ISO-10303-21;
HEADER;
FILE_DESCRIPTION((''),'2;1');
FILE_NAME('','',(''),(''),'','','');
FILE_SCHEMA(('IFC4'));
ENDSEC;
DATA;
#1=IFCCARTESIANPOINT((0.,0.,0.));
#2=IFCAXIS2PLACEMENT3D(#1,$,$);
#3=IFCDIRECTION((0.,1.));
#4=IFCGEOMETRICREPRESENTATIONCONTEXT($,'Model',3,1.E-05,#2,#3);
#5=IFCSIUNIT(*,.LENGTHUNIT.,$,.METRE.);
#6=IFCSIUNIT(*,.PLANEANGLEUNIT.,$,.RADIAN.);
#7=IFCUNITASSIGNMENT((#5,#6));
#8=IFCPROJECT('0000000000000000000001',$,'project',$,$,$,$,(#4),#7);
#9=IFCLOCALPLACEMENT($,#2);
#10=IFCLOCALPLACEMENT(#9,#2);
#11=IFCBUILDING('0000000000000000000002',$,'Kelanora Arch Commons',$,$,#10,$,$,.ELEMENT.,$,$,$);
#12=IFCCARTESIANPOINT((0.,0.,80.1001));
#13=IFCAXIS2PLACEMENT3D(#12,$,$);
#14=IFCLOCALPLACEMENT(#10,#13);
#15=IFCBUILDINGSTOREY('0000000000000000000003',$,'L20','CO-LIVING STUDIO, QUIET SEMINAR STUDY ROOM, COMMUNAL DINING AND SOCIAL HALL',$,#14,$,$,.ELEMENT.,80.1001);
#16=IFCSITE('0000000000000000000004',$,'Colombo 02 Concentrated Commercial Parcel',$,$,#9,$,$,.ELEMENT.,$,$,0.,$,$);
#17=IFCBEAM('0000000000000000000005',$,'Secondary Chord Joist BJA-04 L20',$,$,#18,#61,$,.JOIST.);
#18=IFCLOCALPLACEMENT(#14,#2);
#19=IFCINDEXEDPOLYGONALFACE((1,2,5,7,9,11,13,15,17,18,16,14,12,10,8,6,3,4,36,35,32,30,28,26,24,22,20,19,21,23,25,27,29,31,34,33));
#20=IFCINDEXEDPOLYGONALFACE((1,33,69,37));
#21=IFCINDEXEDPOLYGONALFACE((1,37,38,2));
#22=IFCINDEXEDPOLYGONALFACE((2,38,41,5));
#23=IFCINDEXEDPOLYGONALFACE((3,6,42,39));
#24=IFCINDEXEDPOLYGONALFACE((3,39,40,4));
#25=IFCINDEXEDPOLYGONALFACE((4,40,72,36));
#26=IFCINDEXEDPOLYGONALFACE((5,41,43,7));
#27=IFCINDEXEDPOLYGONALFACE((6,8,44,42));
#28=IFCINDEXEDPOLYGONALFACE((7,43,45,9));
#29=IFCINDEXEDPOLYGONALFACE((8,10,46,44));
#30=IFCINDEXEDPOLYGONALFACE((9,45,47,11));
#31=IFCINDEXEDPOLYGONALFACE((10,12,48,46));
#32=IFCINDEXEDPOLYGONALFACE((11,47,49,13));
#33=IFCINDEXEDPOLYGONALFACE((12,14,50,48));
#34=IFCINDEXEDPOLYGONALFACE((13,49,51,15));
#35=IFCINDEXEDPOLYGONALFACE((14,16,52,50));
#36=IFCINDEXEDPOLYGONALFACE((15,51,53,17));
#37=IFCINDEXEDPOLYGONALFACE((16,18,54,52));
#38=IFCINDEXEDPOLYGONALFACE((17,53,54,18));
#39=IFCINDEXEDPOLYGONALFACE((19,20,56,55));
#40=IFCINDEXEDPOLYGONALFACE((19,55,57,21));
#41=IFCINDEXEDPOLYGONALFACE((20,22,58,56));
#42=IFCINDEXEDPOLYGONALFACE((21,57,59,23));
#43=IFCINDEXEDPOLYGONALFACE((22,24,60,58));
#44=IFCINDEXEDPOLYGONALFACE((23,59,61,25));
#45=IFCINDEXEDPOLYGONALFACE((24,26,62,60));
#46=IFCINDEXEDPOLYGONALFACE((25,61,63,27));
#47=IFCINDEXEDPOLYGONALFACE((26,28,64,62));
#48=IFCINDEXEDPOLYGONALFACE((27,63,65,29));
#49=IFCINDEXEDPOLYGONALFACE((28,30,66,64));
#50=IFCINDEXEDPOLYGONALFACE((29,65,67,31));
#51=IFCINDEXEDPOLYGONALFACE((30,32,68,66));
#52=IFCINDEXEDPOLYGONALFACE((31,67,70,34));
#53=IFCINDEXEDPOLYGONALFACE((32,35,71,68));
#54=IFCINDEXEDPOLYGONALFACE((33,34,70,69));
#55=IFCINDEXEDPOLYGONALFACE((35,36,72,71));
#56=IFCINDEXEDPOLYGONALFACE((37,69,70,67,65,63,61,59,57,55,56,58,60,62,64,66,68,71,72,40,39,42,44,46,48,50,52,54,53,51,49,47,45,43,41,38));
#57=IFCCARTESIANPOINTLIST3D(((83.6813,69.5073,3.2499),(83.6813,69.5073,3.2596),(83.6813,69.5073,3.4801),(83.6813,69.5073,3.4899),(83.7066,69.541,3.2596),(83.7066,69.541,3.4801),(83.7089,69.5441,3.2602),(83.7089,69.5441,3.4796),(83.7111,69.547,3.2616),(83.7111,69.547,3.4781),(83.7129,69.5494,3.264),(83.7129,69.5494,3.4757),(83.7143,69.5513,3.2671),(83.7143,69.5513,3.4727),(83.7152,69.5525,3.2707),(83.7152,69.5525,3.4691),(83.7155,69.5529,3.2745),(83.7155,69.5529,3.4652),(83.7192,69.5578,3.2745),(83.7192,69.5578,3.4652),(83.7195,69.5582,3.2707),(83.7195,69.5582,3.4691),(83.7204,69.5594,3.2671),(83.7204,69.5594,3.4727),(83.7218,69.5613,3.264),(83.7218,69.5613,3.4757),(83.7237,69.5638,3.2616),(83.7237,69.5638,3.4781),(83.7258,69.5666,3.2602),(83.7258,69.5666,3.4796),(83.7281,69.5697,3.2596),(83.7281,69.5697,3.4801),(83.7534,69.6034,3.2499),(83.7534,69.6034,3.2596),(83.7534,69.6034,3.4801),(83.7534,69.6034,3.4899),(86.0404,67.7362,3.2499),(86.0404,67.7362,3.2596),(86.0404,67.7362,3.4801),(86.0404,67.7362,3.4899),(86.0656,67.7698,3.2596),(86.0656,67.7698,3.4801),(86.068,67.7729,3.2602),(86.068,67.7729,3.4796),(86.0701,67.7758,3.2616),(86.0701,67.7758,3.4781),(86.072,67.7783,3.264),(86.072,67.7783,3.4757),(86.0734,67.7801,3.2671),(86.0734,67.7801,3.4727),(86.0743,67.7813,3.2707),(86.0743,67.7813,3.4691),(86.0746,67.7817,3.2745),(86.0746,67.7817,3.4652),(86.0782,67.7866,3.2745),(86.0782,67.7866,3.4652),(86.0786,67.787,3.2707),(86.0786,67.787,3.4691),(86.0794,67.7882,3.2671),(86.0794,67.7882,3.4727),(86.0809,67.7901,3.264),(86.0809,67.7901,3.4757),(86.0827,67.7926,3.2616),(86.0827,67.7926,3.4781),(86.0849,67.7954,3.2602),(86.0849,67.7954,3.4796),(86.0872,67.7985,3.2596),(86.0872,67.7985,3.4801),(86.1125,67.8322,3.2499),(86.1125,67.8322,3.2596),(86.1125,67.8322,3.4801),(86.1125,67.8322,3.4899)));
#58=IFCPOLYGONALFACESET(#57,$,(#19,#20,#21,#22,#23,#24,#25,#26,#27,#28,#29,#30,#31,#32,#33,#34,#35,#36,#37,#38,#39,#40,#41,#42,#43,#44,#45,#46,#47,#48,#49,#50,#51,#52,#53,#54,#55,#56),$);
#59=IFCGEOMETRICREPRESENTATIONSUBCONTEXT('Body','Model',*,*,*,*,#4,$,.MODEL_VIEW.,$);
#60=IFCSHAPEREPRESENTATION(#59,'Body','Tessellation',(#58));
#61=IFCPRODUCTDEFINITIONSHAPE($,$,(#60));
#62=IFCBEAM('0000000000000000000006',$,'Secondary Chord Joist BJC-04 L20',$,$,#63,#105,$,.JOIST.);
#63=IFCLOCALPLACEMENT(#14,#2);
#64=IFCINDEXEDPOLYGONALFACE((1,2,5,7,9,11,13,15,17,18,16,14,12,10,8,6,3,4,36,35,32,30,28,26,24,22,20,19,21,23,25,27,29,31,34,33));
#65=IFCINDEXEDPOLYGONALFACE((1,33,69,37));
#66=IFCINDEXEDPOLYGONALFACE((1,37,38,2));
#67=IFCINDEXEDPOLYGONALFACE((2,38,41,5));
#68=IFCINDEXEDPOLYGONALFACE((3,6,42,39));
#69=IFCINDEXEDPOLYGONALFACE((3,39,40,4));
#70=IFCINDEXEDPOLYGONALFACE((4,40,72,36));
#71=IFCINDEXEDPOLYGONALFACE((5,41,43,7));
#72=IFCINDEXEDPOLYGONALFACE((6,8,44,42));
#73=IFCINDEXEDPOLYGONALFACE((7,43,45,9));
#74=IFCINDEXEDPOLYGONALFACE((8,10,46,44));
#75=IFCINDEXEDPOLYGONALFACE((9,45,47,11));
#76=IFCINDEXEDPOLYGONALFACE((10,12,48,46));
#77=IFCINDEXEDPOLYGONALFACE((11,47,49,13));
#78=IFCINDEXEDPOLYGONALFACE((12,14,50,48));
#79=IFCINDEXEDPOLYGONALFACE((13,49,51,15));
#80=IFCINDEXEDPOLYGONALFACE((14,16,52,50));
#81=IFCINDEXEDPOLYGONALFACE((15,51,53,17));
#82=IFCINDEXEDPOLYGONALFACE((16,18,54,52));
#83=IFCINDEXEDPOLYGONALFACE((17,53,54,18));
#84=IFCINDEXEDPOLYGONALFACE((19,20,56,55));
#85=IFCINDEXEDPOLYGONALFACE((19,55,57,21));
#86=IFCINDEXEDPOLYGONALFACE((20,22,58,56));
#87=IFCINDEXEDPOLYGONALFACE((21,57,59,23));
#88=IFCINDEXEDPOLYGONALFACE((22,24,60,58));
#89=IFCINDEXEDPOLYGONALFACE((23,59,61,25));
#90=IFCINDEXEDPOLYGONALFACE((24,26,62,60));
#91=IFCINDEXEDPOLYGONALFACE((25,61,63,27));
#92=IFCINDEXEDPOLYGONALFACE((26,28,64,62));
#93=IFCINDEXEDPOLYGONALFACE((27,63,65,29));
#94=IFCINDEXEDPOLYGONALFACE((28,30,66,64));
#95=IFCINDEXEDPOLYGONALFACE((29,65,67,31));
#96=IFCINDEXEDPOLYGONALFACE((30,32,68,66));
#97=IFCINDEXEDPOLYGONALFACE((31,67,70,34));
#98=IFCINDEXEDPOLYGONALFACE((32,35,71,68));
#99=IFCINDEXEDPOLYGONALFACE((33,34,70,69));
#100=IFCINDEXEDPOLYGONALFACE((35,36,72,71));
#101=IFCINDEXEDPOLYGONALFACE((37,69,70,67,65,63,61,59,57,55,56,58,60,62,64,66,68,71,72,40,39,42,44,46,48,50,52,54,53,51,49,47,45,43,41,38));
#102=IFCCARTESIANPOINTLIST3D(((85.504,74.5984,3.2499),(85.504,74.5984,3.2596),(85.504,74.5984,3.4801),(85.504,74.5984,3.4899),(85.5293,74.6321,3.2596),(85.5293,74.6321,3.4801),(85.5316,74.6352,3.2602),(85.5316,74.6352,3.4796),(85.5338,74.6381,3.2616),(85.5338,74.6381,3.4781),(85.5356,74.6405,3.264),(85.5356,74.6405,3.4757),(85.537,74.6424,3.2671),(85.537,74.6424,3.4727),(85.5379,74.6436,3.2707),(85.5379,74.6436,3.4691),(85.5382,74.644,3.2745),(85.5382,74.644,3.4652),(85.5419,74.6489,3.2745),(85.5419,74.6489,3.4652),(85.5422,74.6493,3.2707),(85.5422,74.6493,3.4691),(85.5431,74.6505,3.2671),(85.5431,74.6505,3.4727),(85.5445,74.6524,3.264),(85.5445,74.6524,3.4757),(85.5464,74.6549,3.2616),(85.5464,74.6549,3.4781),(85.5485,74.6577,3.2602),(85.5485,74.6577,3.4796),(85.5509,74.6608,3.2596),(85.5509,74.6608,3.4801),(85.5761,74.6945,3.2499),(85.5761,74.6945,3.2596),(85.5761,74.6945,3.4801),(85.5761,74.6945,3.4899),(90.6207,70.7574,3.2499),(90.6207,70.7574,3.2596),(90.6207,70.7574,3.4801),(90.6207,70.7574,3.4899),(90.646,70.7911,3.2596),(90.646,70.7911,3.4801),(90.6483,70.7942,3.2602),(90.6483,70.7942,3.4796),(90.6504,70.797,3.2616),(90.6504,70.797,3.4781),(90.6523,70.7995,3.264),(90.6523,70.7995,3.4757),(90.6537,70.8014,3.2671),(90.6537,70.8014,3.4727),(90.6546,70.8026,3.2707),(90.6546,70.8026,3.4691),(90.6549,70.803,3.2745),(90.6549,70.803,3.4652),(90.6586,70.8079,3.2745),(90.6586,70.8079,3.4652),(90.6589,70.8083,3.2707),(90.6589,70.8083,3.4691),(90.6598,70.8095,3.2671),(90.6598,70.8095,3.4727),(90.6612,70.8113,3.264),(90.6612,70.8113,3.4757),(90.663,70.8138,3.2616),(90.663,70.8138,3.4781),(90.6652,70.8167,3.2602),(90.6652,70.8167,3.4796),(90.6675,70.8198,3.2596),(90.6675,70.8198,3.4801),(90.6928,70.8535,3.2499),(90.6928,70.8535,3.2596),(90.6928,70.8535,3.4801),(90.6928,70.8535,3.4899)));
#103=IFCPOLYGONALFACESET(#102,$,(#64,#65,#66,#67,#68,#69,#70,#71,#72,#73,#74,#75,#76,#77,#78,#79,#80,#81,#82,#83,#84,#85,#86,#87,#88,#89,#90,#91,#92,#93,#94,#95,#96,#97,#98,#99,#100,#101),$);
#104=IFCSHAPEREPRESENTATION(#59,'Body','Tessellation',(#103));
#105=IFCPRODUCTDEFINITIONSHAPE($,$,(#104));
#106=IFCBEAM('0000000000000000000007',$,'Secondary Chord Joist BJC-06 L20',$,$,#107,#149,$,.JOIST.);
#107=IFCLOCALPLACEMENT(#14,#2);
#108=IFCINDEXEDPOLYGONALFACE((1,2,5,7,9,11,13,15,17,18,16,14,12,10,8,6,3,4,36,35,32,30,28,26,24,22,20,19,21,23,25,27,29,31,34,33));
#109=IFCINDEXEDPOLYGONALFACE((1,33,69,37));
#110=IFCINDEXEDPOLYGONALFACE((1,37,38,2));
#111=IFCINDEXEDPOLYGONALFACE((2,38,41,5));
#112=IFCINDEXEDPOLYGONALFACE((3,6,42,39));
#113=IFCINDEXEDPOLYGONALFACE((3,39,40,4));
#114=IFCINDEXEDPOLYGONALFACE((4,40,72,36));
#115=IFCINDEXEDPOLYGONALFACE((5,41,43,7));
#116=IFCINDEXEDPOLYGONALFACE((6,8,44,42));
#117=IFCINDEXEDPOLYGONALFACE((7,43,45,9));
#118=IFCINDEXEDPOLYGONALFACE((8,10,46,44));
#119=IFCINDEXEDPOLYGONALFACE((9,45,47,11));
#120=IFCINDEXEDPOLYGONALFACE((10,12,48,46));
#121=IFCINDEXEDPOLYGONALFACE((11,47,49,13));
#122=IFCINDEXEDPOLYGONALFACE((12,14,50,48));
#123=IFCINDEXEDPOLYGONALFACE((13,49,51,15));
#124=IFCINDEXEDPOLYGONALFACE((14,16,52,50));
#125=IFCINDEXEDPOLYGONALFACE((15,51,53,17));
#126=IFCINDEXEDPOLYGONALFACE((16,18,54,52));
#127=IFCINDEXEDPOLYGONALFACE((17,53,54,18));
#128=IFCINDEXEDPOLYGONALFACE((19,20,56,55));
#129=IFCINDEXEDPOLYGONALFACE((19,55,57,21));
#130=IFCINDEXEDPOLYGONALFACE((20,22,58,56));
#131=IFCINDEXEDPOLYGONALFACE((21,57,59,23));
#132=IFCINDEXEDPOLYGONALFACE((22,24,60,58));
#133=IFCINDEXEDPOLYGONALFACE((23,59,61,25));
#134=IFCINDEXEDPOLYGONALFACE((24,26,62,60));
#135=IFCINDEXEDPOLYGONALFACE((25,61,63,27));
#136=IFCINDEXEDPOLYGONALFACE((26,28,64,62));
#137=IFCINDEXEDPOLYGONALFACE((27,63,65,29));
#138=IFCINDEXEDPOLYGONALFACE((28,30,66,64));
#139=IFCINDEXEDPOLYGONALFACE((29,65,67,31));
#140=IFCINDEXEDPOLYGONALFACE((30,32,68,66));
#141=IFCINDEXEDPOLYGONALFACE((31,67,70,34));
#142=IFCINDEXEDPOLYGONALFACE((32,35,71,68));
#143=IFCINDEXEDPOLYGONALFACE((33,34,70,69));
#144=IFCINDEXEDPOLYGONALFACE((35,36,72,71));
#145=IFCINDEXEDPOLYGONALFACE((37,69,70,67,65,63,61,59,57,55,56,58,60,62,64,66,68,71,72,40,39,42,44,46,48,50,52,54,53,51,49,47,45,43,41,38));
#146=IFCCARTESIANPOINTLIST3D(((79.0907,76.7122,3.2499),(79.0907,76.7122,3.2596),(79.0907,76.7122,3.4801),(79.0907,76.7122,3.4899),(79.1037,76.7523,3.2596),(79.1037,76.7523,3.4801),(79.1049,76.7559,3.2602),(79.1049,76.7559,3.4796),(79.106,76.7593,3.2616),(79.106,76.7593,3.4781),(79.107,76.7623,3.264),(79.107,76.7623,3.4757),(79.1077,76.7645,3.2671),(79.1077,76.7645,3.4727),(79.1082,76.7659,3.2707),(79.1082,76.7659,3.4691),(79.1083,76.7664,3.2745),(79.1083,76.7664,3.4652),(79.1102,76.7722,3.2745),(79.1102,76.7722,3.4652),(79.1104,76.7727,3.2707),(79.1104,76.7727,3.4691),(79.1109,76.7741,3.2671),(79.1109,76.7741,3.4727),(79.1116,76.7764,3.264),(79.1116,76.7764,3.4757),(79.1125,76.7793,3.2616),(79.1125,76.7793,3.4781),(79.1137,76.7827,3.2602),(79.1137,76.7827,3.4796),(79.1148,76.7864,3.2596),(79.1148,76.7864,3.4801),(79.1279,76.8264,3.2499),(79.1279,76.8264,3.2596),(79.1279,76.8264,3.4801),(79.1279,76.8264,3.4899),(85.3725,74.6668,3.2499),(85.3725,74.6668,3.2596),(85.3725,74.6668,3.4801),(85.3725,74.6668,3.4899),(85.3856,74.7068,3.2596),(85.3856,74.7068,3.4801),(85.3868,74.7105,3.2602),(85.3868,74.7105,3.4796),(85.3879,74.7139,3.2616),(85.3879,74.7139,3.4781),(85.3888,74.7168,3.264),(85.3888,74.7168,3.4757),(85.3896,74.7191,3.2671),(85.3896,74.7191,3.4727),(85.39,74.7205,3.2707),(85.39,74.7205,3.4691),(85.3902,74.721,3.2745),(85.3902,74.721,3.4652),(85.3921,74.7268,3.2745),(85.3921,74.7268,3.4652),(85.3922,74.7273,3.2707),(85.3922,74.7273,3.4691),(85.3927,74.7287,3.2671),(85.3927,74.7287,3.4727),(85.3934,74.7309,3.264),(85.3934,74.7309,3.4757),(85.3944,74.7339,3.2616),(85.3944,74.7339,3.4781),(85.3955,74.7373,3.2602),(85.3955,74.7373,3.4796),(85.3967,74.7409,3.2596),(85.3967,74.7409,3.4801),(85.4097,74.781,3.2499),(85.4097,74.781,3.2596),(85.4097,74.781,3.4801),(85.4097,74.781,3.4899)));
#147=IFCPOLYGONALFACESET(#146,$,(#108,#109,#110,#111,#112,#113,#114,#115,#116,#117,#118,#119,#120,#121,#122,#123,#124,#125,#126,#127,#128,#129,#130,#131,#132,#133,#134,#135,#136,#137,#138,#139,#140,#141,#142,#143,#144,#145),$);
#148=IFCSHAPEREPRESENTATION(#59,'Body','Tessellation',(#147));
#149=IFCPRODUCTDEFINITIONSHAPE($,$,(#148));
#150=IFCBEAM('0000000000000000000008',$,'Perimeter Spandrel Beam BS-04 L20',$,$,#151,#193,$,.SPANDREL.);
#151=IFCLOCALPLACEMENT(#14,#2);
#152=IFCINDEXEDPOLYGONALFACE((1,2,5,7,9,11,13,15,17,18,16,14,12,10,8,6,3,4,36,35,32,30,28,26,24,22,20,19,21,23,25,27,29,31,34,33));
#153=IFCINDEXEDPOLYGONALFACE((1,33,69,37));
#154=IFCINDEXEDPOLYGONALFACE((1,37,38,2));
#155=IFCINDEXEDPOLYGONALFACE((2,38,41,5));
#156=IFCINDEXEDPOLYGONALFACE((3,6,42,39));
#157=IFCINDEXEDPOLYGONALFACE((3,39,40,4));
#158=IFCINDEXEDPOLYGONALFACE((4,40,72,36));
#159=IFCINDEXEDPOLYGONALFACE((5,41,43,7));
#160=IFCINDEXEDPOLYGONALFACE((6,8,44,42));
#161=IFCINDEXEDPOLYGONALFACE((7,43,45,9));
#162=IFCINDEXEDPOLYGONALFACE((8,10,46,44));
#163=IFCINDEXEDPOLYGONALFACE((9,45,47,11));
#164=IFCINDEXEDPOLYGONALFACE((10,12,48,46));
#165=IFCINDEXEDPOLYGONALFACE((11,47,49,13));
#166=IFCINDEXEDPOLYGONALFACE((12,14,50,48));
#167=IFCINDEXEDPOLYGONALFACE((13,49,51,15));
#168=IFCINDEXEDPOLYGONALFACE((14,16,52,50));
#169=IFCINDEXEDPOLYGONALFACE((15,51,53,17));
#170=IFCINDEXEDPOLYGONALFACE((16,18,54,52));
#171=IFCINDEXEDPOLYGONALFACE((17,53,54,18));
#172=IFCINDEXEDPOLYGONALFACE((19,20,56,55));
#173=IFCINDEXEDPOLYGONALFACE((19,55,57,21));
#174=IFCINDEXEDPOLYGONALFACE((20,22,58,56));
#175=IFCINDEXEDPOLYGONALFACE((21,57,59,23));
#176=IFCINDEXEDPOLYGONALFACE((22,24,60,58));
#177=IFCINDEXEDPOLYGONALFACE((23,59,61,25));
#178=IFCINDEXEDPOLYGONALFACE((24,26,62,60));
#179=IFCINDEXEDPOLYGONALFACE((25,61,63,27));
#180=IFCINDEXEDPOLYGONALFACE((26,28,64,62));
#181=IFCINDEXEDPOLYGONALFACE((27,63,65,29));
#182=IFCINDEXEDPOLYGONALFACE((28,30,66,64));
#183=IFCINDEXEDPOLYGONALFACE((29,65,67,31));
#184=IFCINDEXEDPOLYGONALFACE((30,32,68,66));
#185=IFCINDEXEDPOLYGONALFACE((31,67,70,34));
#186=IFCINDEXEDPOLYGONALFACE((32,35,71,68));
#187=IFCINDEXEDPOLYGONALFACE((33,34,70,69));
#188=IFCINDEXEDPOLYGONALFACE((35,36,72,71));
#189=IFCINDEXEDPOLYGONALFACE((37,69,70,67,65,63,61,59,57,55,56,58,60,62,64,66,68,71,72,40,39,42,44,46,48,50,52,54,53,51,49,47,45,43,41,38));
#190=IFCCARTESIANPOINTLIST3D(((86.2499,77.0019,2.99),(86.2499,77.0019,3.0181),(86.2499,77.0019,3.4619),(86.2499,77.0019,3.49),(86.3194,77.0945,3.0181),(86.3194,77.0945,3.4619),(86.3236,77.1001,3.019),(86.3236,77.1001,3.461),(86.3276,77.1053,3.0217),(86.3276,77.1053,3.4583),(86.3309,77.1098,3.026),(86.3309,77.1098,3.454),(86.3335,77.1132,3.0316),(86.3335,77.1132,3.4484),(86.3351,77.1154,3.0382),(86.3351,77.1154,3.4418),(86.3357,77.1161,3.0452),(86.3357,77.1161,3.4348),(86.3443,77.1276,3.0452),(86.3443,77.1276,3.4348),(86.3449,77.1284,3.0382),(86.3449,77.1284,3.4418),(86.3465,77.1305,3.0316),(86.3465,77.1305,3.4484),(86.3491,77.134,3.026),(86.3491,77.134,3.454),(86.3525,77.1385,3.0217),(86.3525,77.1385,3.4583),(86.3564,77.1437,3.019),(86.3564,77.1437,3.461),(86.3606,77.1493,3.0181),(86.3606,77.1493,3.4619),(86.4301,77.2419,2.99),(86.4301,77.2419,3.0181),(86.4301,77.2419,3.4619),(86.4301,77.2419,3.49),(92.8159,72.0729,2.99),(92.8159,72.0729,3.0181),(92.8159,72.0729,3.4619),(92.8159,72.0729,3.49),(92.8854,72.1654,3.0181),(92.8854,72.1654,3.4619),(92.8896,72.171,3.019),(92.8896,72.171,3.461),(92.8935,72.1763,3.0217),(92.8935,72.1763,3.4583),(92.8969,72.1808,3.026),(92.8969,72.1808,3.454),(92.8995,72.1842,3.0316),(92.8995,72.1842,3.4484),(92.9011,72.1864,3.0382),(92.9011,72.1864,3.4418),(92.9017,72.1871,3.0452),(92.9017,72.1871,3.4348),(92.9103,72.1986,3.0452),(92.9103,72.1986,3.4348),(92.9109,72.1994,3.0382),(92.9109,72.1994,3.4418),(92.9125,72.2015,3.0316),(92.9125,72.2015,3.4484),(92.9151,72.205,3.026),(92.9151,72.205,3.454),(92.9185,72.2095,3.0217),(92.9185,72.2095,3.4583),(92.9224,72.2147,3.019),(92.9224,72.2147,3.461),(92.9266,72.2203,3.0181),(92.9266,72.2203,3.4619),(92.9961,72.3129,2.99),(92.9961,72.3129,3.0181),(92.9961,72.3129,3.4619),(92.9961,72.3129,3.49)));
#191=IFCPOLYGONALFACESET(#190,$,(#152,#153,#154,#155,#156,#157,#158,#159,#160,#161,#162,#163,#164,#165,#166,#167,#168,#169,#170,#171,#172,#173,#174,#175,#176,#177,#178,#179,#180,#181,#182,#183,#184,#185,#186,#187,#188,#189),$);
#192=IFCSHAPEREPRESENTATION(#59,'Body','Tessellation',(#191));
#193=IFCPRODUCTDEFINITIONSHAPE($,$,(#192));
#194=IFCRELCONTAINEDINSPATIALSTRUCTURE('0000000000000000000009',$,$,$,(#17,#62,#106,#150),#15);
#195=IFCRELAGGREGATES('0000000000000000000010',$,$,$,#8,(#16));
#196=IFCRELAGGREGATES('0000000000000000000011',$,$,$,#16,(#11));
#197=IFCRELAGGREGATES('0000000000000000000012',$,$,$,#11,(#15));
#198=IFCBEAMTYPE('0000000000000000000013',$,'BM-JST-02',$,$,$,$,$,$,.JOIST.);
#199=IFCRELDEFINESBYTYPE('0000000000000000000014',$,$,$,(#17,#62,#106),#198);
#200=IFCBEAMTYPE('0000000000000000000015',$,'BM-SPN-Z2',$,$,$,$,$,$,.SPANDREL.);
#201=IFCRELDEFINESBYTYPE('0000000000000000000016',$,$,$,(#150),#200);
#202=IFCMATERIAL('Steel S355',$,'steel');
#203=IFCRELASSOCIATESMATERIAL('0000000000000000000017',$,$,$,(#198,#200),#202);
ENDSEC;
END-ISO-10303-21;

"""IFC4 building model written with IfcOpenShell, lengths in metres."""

from ifc_helpers import new_model, si_unit, direction, frame, origin, origin_2d, place, context, subcontext, project, spatial, i_section, extrude, material, material_profile, profile_set, type_object, element, save


model = new_model("IFC4")

# Units and contexts
model_context = context("Model", 3, precision=1e-05, world=origin(), true_north=direction((0.0, 1.0)))
body_context = subcontext(model_context, "Body", "Model", "MODEL_VIEW")
ifc_project = project(units=[si_unit("LENGTHUNIT", "METRE"), si_unit("PLANEANGLEUNIT", "RADIAN")], contexts=[model_context])

# Site, building, storey
site_placement = place(None, origin())
site = spatial("IfcSite", under=ifc_project, at=site_placement, Name="Colombo 02 Concentrated Commercial Parcel", CompositionType="ELEMENT", RefElevation=0.0)
building_placement = place(site_placement, origin())
building = spatial("IfcBuilding", under=site, at=building_placement, Name="Kelanora Arch Commons", CompositionType="ELEMENT")
storey_placement = place(building_placement, frame((0.0, 0.0, 80.1001)))
storey = spatial("IfcBuildingStorey", under=building, at=storey_placement, Name="L20", Description="CO-LIVING STUDIO, QUIET SEMINAR STUDY ROOM, COMMUNAL DINING AND SOCIAL HALL", CompositionType="ELEMENT", Elevation=80.1001)

# Beams
ifc_material_1 = material(Name="Steel S355", Category="steel")
ifc_material_profile_1 = material_profile(ifc_material_1, i_section(OverallWidth=0.1201, OverallDepth=0.24, WebThickness=0.0061, FlangeThickness=0.0098, FilletRadius=0.0149, at=origin_2d()), Name="IPE240")
ifc_profile_set_1 = profile_set([ifc_material_profile_1], Name="Steel S355")
beam_type_1 = type_object("IfcBeamType", Name="BM-JST-02", PredefinedType="JOIST", material=ifc_profile_set_1)
beam_1_placement = place(storey_placement, frame((86.0764, 67.7842, 3.3699), z_axis=(-0.799692, 0.60041, 0.0), x_axis=(-0.60041, -0.799692, 0.0)))
element("IfcBeam", 1, at=beam_1_placement, inside=storey, type_object=beam_type_1, Name="Secondary Chord Joist BJA-04 L20", PredefinedType="JOIST", context=body_context, shape_type="SweptSolid", body=[
    extrude(i_section(OverallWidth=0.1201, OverallDepth=0.24, WebThickness=0.0061, FlangeThickness=0.0098, FilletRadius=0.0149, at=origin_2d()), origin(), (0.0, 0.0, 1.0), 2.95),
])
beam_2_placement = place(storey_placement, frame((90.6567, 70.8054, 3.3699), z_axis=(-0.799734, 0.600354, 0.0), x_axis=(-0.600354, -0.799734, 0.0)))
element("IfcBeam", 2, at=beam_2_placement, inside=storey, type_object=beam_type_1, Name="Secondary Chord Joist BJC-04 L20", PredefinedType="JOIST", context=body_context, shape_type="SweptSolid", body=[
    extrude(i_section(OverallWidth=0.1201, OverallDepth=0.24, WebThickness=0.0061, FlangeThickness=0.0098, FilletRadius=0.0149, at=origin_2d()), origin(), (0.0, 0.0, 1.0), 6.3979),
])
beam_3_placement = place(storey_placement, frame((85.3911, 74.7239, 3.3699), z_axis=(-0.950863, 0.309612, 0.0), x_axis=(-0.309612, -0.950863, 0.0)))
element("IfcBeam", 3, at=beam_3_placement, inside=storey, type_object=beam_type_1, Name="Secondary Chord Joist BJC-06 L20", PredefinedType="JOIST", context=body_context, shape_type="SweptSolid", body=[
    extrude(i_section(OverallWidth=0.1201, OverallDepth=0.24, WebThickness=0.0061, FlangeThickness=0.0098, FilletRadius=0.0149, at=origin_2d()), origin(), (0.0, 0.0, 1.0), 6.6064),
])
ifc_material_profile_2 = material_profile(ifc_material_1, i_section(OverallWidth=0.3, OverallDepth=0.5, WebThickness=0.0144, FlangeThickness=0.0281, FilletRadius=0.0271, at=origin_2d()), Name="HEB500")
ifc_profile_set_2 = profile_set([ifc_material_profile_2], Name="Steel S355")
beam_type_2 = type_object("IfcBeamType", Name="BM-SPN-Z2", PredefinedType="SPANDREL", material=ifc_profile_set_2)
beam_4_placement = place(storey_placement, frame((92.906, 72.1929, 3.24), z_axis=(-0.799736, 0.600352, 0.0), x_axis=(-0.600352, -0.799736, 0.0)))
element("IfcBeam", 4, at=beam_4_placement, inside=storey, type_object=beam_type_2, Name="Perimeter Spandrel Beam BS-04 L20", PredefinedType="SPANDREL", context=body_context, shape_type="SweptSolid", body=[
    extrude(i_section(OverallWidth=0.3, OverallDepth=0.5, WebThickness=0.0144, FlangeThickness=0.0281, FilletRadius=0.0271, at=origin_2d()), origin(), (0.0, 0.0, 1.0), 8.2102),
])

save(model, "model.ifc")
